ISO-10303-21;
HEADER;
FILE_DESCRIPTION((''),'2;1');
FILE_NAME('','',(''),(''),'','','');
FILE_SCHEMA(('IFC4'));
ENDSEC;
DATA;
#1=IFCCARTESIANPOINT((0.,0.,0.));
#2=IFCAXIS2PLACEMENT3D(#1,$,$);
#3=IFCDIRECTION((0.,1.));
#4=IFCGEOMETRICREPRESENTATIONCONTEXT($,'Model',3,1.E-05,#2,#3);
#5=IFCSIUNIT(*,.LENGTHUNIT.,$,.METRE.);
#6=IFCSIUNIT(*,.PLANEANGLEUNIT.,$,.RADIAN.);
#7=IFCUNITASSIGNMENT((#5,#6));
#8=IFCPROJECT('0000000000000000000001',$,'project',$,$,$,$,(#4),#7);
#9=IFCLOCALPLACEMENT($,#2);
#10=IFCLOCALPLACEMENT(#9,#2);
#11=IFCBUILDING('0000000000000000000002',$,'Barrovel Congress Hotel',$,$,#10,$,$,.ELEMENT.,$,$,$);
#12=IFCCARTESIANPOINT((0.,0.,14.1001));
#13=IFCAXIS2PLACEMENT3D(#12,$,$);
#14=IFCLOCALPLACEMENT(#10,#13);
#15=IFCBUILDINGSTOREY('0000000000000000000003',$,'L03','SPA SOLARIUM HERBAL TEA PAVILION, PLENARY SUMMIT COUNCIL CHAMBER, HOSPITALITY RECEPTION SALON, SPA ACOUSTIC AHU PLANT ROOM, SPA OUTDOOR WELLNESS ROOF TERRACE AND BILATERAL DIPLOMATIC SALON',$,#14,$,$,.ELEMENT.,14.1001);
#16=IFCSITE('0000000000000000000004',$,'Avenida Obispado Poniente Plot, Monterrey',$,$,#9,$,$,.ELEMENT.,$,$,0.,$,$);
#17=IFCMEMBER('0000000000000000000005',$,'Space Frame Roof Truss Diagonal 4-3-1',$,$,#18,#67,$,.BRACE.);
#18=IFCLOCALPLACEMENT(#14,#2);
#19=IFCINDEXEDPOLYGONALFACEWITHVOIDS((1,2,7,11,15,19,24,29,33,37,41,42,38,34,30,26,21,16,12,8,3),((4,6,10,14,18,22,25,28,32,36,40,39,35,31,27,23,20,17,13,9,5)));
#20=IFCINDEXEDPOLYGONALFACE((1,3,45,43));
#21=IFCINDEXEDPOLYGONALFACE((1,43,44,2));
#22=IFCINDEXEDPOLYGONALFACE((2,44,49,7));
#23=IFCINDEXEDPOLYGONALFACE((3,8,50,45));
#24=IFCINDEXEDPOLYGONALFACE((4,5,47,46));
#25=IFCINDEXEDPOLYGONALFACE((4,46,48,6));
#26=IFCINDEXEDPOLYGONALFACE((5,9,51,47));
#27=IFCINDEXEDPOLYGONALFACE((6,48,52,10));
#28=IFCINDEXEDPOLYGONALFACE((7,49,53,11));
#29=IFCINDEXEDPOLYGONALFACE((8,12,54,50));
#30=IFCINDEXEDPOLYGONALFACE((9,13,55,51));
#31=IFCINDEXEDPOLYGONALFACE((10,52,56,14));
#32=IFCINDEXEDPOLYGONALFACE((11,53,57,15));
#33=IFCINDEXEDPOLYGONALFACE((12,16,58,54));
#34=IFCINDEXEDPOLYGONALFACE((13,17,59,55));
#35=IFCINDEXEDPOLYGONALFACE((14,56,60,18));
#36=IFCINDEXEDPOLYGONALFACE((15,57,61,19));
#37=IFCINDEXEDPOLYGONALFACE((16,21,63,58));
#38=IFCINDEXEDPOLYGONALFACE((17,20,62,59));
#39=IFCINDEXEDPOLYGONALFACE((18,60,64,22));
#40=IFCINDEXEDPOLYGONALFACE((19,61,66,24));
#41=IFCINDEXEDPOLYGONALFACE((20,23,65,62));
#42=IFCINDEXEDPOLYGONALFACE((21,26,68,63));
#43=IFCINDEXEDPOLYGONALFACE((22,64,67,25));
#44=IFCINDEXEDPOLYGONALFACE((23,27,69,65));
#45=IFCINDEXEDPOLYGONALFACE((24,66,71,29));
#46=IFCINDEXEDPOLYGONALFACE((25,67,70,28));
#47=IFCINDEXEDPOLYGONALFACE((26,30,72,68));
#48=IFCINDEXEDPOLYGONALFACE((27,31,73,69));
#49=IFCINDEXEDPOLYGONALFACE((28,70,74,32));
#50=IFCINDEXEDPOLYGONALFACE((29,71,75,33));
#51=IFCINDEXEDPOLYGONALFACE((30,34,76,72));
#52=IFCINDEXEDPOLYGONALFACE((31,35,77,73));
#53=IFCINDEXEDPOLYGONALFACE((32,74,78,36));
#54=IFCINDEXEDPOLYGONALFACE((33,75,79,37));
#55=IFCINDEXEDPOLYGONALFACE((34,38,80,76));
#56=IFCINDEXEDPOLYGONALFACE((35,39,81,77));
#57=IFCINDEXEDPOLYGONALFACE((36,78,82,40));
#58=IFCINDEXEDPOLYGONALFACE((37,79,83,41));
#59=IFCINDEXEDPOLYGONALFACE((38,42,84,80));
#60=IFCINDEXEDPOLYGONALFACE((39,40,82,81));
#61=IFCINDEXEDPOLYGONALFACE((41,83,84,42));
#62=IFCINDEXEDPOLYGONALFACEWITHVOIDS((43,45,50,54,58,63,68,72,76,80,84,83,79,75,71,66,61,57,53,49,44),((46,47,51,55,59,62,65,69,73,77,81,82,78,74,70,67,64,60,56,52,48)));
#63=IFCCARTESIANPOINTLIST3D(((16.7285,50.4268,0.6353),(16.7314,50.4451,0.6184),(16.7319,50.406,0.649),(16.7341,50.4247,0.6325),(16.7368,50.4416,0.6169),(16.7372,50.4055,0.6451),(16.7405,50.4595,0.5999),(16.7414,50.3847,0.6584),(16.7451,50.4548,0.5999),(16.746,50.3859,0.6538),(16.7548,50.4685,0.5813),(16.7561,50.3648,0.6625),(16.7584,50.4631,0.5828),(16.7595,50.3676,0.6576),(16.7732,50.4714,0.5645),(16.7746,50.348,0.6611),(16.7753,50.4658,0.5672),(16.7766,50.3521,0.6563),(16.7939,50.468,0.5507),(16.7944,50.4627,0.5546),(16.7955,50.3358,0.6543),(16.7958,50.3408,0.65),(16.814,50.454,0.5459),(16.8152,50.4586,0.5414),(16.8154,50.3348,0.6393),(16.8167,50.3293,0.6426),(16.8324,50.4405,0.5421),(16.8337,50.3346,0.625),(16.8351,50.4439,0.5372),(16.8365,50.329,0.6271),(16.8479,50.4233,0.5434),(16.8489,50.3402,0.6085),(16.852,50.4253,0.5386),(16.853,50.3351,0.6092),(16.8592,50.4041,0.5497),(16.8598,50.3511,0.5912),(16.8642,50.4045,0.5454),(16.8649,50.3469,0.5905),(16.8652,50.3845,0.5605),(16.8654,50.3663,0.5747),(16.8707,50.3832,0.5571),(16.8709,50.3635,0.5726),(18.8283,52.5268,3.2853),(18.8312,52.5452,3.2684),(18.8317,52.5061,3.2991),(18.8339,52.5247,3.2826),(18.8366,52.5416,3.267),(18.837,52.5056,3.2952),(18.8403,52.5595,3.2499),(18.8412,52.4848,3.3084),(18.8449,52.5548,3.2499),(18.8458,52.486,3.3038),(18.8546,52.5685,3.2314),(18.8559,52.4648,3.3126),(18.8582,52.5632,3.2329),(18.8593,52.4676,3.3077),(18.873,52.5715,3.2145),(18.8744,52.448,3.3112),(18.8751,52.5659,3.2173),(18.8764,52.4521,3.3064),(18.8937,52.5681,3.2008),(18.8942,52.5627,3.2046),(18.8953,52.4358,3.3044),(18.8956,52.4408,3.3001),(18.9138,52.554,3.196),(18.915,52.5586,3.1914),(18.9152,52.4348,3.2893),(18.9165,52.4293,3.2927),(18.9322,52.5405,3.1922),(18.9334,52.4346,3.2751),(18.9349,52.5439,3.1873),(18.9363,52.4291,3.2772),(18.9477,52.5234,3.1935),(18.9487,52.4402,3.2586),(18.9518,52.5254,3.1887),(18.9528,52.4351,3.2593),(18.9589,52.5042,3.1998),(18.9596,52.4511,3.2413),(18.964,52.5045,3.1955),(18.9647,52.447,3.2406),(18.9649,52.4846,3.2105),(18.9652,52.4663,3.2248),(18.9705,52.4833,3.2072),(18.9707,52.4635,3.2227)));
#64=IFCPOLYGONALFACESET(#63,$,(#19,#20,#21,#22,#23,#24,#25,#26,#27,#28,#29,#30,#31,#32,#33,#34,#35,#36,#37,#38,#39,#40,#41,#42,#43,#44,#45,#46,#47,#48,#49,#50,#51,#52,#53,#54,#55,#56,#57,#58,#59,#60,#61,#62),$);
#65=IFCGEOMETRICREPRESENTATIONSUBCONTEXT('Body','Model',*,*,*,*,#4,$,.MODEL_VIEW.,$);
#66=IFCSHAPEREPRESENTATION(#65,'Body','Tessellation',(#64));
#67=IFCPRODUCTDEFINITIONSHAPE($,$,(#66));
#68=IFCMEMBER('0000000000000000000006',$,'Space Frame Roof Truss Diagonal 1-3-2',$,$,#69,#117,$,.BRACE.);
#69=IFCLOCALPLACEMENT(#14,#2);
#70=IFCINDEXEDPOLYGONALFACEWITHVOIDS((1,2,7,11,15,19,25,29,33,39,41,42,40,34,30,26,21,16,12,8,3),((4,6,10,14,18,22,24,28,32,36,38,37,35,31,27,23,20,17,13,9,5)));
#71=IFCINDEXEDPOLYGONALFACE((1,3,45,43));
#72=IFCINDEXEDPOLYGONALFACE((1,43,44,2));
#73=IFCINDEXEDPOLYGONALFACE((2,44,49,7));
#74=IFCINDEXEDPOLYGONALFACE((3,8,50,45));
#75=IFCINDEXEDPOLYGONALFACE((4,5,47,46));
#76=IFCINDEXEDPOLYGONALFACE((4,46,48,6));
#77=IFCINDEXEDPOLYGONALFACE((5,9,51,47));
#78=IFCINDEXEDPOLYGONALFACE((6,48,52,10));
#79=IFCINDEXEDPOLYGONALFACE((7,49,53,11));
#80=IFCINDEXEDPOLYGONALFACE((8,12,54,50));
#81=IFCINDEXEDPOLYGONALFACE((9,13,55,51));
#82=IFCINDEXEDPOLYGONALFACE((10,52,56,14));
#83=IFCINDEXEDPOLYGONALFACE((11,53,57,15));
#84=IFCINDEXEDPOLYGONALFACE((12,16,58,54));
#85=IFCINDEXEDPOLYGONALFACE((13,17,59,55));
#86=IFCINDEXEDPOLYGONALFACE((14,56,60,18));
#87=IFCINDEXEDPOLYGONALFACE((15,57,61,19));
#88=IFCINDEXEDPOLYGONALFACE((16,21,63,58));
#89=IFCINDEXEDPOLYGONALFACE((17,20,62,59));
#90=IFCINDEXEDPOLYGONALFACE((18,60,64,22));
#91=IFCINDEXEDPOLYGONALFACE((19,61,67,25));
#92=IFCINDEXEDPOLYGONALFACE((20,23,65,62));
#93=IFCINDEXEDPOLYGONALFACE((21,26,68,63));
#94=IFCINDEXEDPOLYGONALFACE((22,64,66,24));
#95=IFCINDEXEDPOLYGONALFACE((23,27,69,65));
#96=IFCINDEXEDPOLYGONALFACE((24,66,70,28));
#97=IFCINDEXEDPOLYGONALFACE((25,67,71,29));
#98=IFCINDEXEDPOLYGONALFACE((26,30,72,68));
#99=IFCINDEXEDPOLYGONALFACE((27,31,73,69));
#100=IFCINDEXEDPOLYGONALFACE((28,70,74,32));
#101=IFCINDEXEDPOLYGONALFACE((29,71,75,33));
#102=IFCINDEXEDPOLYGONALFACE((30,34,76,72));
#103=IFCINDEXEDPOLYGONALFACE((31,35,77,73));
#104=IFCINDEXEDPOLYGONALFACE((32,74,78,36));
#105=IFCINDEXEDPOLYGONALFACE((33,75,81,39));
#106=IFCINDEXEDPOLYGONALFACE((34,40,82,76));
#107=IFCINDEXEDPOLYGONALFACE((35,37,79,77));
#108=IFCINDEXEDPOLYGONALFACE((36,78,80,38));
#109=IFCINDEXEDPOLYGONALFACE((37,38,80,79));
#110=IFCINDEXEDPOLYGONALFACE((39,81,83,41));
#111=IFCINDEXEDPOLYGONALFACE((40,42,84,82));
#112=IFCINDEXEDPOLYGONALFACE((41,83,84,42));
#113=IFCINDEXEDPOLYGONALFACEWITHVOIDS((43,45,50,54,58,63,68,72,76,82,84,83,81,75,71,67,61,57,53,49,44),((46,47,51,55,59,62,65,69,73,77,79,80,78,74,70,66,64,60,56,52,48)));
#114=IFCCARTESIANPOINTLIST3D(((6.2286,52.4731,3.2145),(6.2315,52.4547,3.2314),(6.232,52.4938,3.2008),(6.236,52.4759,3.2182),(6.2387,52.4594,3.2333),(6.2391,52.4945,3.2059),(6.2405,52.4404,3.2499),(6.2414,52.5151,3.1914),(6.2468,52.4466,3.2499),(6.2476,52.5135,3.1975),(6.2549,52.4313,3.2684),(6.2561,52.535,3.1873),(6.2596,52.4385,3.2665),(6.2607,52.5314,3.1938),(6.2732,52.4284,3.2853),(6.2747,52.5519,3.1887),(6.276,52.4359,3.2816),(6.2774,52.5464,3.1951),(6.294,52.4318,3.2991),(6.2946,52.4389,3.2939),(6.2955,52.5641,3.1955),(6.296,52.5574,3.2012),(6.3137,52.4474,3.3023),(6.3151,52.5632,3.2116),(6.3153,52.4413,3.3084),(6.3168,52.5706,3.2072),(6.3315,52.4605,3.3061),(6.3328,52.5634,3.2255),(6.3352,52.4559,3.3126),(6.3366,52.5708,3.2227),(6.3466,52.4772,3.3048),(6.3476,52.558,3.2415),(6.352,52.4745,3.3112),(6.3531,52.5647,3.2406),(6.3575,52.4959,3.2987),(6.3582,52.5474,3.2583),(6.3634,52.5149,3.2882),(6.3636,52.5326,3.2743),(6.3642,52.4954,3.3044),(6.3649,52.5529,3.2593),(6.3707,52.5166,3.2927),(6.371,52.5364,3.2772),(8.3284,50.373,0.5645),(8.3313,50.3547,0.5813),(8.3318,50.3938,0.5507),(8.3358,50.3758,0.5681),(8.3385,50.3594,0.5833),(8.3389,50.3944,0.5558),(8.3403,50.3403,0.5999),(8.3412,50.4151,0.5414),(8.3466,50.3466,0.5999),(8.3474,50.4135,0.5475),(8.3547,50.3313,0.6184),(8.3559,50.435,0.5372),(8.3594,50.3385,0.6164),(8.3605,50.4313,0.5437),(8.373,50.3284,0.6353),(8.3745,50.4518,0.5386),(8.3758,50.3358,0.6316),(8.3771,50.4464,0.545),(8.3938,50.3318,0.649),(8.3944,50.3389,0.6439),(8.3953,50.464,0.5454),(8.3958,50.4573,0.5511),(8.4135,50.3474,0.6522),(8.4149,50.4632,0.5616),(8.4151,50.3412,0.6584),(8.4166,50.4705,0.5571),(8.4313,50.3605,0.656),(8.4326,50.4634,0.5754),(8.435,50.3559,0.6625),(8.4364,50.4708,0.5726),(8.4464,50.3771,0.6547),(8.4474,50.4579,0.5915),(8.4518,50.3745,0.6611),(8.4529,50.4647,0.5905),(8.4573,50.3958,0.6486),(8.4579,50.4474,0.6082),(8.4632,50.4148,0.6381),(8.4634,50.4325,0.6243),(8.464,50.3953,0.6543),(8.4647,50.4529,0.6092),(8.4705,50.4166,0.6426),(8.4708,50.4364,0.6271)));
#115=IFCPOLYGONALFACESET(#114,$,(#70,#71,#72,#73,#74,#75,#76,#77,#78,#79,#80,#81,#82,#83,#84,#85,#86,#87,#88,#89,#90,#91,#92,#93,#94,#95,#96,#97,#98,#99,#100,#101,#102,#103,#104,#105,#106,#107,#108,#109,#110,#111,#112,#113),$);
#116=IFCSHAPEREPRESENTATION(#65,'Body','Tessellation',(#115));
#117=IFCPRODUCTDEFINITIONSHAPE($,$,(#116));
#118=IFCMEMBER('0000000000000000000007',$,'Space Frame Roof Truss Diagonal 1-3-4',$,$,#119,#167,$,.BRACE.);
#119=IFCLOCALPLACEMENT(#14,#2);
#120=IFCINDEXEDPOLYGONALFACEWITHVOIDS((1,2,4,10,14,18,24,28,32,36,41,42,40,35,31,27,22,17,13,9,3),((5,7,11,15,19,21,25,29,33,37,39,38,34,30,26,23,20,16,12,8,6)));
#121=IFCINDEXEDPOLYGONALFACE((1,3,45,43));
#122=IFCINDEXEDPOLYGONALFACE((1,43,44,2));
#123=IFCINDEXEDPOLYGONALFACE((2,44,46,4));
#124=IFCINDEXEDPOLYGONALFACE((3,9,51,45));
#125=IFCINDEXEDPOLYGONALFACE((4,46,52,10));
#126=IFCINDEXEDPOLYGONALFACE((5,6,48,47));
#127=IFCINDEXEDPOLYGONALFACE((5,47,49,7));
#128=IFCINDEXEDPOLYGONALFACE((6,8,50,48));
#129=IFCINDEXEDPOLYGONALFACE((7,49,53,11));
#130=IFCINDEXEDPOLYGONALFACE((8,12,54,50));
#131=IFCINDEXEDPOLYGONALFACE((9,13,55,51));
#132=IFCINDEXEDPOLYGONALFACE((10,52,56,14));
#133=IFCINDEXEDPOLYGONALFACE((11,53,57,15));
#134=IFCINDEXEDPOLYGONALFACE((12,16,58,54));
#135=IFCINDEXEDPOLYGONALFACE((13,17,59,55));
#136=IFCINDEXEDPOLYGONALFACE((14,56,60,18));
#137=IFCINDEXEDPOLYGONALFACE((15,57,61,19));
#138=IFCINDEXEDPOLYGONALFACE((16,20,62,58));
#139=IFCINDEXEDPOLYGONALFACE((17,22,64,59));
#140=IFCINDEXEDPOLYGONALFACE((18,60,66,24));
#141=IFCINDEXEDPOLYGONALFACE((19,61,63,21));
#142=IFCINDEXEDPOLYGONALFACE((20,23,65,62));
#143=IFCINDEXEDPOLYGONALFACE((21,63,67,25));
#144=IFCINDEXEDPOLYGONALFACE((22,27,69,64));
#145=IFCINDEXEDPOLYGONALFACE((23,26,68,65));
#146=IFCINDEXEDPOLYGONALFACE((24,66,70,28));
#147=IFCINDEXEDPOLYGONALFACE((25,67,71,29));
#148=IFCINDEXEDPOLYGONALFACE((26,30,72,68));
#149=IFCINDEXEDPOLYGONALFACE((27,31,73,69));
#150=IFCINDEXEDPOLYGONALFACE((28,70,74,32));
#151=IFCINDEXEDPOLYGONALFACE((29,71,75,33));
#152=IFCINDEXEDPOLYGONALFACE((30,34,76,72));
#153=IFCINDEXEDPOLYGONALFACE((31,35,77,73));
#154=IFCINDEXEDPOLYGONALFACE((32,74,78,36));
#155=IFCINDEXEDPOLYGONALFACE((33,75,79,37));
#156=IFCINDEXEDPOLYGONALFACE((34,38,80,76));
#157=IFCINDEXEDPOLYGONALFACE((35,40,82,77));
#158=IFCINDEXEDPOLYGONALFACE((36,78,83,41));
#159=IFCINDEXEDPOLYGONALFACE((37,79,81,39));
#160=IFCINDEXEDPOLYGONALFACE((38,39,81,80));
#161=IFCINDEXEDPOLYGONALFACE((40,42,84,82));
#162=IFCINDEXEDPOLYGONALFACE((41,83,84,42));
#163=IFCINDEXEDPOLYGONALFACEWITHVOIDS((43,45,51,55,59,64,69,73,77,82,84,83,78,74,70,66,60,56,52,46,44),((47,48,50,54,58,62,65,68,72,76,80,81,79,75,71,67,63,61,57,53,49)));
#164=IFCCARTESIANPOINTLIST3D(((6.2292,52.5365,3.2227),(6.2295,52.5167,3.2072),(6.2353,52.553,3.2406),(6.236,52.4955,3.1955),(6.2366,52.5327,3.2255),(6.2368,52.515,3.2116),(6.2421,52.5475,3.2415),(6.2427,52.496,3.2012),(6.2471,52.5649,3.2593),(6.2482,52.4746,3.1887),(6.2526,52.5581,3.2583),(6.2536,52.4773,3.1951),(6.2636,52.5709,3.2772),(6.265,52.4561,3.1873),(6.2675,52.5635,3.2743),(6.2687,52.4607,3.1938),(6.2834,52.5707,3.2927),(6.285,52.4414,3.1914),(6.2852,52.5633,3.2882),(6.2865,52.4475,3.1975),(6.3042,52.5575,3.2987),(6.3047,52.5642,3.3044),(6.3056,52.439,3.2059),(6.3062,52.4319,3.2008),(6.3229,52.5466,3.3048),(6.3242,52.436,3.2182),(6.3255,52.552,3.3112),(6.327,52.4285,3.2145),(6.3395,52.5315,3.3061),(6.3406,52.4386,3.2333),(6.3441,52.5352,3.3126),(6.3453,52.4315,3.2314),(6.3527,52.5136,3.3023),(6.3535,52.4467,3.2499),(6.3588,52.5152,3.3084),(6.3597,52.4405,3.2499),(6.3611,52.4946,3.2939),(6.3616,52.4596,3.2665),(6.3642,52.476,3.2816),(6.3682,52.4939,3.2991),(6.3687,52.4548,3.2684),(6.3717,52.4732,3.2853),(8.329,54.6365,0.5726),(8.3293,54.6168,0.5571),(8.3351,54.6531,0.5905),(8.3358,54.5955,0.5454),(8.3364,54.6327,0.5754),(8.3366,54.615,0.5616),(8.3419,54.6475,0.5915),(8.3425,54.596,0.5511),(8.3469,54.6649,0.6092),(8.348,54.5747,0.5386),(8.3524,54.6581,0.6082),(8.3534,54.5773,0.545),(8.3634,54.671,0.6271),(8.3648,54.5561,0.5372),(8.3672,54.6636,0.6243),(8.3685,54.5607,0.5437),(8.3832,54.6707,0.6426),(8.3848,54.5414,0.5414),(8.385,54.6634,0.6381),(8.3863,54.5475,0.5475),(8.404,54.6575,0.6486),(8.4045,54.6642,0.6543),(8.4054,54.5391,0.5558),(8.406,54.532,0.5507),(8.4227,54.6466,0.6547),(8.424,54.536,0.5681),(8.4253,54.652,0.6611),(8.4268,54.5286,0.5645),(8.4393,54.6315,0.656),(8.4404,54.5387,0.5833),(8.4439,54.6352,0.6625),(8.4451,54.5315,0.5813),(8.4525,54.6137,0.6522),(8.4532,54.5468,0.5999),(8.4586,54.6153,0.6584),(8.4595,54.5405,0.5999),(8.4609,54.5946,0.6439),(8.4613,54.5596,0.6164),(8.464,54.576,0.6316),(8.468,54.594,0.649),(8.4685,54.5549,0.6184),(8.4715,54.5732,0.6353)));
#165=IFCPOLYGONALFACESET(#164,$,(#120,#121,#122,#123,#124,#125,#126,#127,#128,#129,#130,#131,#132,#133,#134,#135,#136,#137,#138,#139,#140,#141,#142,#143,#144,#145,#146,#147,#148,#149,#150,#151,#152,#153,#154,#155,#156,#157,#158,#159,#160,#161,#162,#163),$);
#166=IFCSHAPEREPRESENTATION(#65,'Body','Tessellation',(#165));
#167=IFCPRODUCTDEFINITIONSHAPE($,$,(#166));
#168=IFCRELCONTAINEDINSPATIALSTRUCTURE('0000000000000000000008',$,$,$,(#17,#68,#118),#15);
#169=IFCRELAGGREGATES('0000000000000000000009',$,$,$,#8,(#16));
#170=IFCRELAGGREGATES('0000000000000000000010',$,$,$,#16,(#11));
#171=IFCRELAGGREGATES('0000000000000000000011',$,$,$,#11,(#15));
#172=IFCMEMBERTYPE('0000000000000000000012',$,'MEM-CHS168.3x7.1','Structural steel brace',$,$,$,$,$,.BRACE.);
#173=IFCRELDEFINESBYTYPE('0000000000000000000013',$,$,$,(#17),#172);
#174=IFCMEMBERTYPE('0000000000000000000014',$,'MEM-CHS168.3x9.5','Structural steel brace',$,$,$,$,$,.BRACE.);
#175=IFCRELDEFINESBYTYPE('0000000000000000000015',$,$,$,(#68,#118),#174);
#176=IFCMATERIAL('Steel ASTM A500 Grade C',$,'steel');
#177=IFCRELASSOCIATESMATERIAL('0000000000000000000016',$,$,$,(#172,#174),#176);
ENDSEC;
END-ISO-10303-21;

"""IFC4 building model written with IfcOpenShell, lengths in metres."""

from ifc_helpers import new_model, si_unit, direction, frame, origin, origin_2d, place, context, subcontext, project, spatial, hollow_circle, extrude, material, material_profile, profile_set, type_object, element, save


model = new_model("IFC4")

# Units and contexts
model_context = context("Model", 3, precision=1e-05, world=origin(), true_north=direction((0.0, 1.0)))
body_context = subcontext(model_context, "Body", "Model", "MODEL_VIEW")
ifc_project = project(units=[si_unit("LENGTHUNIT", "METRE"), si_unit("PLANEANGLEUNIT", "RADIAN")], contexts=[model_context])

# Site, building, storey
site_placement = place(None, origin())
site = spatial("IfcSite", under=ifc_project, at=site_placement, Name="Avenida Obispado Poniente Plot, Monterrey", CompositionType="ELEMENT", RefElevation=0.0)
building_placement = place(site_placement, origin())
building = spatial("IfcBuilding", under=site, at=building_placement, Name="Barrovel Congress Hotel", CompositionType="ELEMENT")
storey_placement = place(building_placement, frame((0.0, 0.0, 14.1001)))
storey = spatial("IfcBuildingStorey", under=building, at=storey_placement, Name="L03", Description="SPA SOLARIUM HERBAL TEA PAVILION, PLENARY SUMMIT COUNCIL CHAMBER, HOSPITALITY RECEPTION SALON, SPA ACOUSTIC AHU PLANT ROOM, SPA OUTDOOR WELLNESS ROOF TERRACE AND BILATERAL DIPLOMATIC SALON", CompositionType="ELEMENT", Elevation=14.1001)

# Members
ifc_material_1 = material(Name="Steel ASTM A500 Grade C", Category="steel")
ifc_material_profile_1 = material_profile(ifc_material_1, hollow_circle(Radius=0.0842, WallThickness=0.0066, at=origin_2d()), Name="CHS168.3x7.1")
ifc_profile_set_1 = profile_set([ifc_material_profile_1], Name="Steel ASTM A500 Grade C")
member_type_1 = type_object("IfcMemberType", Name="MEM-CHS168.3x7.1", Description="Structural steel brace", PredefinedType="BRACE", material=ifc_profile_set_1)
for number, where, z_axis, x_axis, name in (
    (1, (16.8, 50.3999, 0.5999), (0.527557, 0.527618, 0.66581), (-0.707148, 0.707066, 0.0), "Space Frame Roof Truss Diagonal 4-3-1"),
):
    element("IfcMember", number, at=place(storey_placement, frame(where, z_axis=z_axis, x_axis=x_axis)), inside=storey, type_object=member_type_1, Name=name, PredefinedType="BRACE", context=body_context, shape_type="SweptSolid", body=[
        extrude(hollow_circle(Radius=0.0842, WallThickness=0.0066, at=origin_2d()), origin(), (0.0, 0.0, 1.0), 3.9802),
    ])
ifc_material_profile_2 = material_profile(ifc_material_1, hollow_circle(Radius=0.0842, WallThickness=0.0088, at=origin_2d()), Name="CHS168.3x9.5")
ifc_profile_set_2 = profile_set([ifc_material_profile_2], Name="Steel ASTM A500 Grade C")
member_type_2 = type_object("IfcMemberType", Name="MEM-CHS168.3x9.5", Description="Structural steel brace", PredefinedType="BRACE", material=ifc_profile_set_2)
for number, where, z_axis, x_axis, name in (
    (2, (8.3999, 50.3999, 0.5999), (-0.527557, 0.527618, 0.66581), (-0.707148, -0.707066, 0.0), "Space Frame Roof Truss Diagonal 1-3-2"),
    (3, (8.3999, 54.6001, 0.5999), (-0.527557, -0.527618, 0.66581), (0.707148, -0.707066, 0.0), "Space Frame Roof Truss Diagonal 1-3-4"),
):
    element("IfcMember", number, at=place(storey_placement, frame(where, z_axis=z_axis, x_axis=x_axis)), inside=storey, type_object=member_type_2, Name=name, PredefinedType="BRACE", context=body_context, shape_type="SweptSolid", body=[
        extrude(hollow_circle(Radius=0.0842, WallThickness=0.0088, at=origin_2d()), origin(), (0.0, 0.0, 1.0), 3.9802),
    ])

save(model, "model.ifc")
